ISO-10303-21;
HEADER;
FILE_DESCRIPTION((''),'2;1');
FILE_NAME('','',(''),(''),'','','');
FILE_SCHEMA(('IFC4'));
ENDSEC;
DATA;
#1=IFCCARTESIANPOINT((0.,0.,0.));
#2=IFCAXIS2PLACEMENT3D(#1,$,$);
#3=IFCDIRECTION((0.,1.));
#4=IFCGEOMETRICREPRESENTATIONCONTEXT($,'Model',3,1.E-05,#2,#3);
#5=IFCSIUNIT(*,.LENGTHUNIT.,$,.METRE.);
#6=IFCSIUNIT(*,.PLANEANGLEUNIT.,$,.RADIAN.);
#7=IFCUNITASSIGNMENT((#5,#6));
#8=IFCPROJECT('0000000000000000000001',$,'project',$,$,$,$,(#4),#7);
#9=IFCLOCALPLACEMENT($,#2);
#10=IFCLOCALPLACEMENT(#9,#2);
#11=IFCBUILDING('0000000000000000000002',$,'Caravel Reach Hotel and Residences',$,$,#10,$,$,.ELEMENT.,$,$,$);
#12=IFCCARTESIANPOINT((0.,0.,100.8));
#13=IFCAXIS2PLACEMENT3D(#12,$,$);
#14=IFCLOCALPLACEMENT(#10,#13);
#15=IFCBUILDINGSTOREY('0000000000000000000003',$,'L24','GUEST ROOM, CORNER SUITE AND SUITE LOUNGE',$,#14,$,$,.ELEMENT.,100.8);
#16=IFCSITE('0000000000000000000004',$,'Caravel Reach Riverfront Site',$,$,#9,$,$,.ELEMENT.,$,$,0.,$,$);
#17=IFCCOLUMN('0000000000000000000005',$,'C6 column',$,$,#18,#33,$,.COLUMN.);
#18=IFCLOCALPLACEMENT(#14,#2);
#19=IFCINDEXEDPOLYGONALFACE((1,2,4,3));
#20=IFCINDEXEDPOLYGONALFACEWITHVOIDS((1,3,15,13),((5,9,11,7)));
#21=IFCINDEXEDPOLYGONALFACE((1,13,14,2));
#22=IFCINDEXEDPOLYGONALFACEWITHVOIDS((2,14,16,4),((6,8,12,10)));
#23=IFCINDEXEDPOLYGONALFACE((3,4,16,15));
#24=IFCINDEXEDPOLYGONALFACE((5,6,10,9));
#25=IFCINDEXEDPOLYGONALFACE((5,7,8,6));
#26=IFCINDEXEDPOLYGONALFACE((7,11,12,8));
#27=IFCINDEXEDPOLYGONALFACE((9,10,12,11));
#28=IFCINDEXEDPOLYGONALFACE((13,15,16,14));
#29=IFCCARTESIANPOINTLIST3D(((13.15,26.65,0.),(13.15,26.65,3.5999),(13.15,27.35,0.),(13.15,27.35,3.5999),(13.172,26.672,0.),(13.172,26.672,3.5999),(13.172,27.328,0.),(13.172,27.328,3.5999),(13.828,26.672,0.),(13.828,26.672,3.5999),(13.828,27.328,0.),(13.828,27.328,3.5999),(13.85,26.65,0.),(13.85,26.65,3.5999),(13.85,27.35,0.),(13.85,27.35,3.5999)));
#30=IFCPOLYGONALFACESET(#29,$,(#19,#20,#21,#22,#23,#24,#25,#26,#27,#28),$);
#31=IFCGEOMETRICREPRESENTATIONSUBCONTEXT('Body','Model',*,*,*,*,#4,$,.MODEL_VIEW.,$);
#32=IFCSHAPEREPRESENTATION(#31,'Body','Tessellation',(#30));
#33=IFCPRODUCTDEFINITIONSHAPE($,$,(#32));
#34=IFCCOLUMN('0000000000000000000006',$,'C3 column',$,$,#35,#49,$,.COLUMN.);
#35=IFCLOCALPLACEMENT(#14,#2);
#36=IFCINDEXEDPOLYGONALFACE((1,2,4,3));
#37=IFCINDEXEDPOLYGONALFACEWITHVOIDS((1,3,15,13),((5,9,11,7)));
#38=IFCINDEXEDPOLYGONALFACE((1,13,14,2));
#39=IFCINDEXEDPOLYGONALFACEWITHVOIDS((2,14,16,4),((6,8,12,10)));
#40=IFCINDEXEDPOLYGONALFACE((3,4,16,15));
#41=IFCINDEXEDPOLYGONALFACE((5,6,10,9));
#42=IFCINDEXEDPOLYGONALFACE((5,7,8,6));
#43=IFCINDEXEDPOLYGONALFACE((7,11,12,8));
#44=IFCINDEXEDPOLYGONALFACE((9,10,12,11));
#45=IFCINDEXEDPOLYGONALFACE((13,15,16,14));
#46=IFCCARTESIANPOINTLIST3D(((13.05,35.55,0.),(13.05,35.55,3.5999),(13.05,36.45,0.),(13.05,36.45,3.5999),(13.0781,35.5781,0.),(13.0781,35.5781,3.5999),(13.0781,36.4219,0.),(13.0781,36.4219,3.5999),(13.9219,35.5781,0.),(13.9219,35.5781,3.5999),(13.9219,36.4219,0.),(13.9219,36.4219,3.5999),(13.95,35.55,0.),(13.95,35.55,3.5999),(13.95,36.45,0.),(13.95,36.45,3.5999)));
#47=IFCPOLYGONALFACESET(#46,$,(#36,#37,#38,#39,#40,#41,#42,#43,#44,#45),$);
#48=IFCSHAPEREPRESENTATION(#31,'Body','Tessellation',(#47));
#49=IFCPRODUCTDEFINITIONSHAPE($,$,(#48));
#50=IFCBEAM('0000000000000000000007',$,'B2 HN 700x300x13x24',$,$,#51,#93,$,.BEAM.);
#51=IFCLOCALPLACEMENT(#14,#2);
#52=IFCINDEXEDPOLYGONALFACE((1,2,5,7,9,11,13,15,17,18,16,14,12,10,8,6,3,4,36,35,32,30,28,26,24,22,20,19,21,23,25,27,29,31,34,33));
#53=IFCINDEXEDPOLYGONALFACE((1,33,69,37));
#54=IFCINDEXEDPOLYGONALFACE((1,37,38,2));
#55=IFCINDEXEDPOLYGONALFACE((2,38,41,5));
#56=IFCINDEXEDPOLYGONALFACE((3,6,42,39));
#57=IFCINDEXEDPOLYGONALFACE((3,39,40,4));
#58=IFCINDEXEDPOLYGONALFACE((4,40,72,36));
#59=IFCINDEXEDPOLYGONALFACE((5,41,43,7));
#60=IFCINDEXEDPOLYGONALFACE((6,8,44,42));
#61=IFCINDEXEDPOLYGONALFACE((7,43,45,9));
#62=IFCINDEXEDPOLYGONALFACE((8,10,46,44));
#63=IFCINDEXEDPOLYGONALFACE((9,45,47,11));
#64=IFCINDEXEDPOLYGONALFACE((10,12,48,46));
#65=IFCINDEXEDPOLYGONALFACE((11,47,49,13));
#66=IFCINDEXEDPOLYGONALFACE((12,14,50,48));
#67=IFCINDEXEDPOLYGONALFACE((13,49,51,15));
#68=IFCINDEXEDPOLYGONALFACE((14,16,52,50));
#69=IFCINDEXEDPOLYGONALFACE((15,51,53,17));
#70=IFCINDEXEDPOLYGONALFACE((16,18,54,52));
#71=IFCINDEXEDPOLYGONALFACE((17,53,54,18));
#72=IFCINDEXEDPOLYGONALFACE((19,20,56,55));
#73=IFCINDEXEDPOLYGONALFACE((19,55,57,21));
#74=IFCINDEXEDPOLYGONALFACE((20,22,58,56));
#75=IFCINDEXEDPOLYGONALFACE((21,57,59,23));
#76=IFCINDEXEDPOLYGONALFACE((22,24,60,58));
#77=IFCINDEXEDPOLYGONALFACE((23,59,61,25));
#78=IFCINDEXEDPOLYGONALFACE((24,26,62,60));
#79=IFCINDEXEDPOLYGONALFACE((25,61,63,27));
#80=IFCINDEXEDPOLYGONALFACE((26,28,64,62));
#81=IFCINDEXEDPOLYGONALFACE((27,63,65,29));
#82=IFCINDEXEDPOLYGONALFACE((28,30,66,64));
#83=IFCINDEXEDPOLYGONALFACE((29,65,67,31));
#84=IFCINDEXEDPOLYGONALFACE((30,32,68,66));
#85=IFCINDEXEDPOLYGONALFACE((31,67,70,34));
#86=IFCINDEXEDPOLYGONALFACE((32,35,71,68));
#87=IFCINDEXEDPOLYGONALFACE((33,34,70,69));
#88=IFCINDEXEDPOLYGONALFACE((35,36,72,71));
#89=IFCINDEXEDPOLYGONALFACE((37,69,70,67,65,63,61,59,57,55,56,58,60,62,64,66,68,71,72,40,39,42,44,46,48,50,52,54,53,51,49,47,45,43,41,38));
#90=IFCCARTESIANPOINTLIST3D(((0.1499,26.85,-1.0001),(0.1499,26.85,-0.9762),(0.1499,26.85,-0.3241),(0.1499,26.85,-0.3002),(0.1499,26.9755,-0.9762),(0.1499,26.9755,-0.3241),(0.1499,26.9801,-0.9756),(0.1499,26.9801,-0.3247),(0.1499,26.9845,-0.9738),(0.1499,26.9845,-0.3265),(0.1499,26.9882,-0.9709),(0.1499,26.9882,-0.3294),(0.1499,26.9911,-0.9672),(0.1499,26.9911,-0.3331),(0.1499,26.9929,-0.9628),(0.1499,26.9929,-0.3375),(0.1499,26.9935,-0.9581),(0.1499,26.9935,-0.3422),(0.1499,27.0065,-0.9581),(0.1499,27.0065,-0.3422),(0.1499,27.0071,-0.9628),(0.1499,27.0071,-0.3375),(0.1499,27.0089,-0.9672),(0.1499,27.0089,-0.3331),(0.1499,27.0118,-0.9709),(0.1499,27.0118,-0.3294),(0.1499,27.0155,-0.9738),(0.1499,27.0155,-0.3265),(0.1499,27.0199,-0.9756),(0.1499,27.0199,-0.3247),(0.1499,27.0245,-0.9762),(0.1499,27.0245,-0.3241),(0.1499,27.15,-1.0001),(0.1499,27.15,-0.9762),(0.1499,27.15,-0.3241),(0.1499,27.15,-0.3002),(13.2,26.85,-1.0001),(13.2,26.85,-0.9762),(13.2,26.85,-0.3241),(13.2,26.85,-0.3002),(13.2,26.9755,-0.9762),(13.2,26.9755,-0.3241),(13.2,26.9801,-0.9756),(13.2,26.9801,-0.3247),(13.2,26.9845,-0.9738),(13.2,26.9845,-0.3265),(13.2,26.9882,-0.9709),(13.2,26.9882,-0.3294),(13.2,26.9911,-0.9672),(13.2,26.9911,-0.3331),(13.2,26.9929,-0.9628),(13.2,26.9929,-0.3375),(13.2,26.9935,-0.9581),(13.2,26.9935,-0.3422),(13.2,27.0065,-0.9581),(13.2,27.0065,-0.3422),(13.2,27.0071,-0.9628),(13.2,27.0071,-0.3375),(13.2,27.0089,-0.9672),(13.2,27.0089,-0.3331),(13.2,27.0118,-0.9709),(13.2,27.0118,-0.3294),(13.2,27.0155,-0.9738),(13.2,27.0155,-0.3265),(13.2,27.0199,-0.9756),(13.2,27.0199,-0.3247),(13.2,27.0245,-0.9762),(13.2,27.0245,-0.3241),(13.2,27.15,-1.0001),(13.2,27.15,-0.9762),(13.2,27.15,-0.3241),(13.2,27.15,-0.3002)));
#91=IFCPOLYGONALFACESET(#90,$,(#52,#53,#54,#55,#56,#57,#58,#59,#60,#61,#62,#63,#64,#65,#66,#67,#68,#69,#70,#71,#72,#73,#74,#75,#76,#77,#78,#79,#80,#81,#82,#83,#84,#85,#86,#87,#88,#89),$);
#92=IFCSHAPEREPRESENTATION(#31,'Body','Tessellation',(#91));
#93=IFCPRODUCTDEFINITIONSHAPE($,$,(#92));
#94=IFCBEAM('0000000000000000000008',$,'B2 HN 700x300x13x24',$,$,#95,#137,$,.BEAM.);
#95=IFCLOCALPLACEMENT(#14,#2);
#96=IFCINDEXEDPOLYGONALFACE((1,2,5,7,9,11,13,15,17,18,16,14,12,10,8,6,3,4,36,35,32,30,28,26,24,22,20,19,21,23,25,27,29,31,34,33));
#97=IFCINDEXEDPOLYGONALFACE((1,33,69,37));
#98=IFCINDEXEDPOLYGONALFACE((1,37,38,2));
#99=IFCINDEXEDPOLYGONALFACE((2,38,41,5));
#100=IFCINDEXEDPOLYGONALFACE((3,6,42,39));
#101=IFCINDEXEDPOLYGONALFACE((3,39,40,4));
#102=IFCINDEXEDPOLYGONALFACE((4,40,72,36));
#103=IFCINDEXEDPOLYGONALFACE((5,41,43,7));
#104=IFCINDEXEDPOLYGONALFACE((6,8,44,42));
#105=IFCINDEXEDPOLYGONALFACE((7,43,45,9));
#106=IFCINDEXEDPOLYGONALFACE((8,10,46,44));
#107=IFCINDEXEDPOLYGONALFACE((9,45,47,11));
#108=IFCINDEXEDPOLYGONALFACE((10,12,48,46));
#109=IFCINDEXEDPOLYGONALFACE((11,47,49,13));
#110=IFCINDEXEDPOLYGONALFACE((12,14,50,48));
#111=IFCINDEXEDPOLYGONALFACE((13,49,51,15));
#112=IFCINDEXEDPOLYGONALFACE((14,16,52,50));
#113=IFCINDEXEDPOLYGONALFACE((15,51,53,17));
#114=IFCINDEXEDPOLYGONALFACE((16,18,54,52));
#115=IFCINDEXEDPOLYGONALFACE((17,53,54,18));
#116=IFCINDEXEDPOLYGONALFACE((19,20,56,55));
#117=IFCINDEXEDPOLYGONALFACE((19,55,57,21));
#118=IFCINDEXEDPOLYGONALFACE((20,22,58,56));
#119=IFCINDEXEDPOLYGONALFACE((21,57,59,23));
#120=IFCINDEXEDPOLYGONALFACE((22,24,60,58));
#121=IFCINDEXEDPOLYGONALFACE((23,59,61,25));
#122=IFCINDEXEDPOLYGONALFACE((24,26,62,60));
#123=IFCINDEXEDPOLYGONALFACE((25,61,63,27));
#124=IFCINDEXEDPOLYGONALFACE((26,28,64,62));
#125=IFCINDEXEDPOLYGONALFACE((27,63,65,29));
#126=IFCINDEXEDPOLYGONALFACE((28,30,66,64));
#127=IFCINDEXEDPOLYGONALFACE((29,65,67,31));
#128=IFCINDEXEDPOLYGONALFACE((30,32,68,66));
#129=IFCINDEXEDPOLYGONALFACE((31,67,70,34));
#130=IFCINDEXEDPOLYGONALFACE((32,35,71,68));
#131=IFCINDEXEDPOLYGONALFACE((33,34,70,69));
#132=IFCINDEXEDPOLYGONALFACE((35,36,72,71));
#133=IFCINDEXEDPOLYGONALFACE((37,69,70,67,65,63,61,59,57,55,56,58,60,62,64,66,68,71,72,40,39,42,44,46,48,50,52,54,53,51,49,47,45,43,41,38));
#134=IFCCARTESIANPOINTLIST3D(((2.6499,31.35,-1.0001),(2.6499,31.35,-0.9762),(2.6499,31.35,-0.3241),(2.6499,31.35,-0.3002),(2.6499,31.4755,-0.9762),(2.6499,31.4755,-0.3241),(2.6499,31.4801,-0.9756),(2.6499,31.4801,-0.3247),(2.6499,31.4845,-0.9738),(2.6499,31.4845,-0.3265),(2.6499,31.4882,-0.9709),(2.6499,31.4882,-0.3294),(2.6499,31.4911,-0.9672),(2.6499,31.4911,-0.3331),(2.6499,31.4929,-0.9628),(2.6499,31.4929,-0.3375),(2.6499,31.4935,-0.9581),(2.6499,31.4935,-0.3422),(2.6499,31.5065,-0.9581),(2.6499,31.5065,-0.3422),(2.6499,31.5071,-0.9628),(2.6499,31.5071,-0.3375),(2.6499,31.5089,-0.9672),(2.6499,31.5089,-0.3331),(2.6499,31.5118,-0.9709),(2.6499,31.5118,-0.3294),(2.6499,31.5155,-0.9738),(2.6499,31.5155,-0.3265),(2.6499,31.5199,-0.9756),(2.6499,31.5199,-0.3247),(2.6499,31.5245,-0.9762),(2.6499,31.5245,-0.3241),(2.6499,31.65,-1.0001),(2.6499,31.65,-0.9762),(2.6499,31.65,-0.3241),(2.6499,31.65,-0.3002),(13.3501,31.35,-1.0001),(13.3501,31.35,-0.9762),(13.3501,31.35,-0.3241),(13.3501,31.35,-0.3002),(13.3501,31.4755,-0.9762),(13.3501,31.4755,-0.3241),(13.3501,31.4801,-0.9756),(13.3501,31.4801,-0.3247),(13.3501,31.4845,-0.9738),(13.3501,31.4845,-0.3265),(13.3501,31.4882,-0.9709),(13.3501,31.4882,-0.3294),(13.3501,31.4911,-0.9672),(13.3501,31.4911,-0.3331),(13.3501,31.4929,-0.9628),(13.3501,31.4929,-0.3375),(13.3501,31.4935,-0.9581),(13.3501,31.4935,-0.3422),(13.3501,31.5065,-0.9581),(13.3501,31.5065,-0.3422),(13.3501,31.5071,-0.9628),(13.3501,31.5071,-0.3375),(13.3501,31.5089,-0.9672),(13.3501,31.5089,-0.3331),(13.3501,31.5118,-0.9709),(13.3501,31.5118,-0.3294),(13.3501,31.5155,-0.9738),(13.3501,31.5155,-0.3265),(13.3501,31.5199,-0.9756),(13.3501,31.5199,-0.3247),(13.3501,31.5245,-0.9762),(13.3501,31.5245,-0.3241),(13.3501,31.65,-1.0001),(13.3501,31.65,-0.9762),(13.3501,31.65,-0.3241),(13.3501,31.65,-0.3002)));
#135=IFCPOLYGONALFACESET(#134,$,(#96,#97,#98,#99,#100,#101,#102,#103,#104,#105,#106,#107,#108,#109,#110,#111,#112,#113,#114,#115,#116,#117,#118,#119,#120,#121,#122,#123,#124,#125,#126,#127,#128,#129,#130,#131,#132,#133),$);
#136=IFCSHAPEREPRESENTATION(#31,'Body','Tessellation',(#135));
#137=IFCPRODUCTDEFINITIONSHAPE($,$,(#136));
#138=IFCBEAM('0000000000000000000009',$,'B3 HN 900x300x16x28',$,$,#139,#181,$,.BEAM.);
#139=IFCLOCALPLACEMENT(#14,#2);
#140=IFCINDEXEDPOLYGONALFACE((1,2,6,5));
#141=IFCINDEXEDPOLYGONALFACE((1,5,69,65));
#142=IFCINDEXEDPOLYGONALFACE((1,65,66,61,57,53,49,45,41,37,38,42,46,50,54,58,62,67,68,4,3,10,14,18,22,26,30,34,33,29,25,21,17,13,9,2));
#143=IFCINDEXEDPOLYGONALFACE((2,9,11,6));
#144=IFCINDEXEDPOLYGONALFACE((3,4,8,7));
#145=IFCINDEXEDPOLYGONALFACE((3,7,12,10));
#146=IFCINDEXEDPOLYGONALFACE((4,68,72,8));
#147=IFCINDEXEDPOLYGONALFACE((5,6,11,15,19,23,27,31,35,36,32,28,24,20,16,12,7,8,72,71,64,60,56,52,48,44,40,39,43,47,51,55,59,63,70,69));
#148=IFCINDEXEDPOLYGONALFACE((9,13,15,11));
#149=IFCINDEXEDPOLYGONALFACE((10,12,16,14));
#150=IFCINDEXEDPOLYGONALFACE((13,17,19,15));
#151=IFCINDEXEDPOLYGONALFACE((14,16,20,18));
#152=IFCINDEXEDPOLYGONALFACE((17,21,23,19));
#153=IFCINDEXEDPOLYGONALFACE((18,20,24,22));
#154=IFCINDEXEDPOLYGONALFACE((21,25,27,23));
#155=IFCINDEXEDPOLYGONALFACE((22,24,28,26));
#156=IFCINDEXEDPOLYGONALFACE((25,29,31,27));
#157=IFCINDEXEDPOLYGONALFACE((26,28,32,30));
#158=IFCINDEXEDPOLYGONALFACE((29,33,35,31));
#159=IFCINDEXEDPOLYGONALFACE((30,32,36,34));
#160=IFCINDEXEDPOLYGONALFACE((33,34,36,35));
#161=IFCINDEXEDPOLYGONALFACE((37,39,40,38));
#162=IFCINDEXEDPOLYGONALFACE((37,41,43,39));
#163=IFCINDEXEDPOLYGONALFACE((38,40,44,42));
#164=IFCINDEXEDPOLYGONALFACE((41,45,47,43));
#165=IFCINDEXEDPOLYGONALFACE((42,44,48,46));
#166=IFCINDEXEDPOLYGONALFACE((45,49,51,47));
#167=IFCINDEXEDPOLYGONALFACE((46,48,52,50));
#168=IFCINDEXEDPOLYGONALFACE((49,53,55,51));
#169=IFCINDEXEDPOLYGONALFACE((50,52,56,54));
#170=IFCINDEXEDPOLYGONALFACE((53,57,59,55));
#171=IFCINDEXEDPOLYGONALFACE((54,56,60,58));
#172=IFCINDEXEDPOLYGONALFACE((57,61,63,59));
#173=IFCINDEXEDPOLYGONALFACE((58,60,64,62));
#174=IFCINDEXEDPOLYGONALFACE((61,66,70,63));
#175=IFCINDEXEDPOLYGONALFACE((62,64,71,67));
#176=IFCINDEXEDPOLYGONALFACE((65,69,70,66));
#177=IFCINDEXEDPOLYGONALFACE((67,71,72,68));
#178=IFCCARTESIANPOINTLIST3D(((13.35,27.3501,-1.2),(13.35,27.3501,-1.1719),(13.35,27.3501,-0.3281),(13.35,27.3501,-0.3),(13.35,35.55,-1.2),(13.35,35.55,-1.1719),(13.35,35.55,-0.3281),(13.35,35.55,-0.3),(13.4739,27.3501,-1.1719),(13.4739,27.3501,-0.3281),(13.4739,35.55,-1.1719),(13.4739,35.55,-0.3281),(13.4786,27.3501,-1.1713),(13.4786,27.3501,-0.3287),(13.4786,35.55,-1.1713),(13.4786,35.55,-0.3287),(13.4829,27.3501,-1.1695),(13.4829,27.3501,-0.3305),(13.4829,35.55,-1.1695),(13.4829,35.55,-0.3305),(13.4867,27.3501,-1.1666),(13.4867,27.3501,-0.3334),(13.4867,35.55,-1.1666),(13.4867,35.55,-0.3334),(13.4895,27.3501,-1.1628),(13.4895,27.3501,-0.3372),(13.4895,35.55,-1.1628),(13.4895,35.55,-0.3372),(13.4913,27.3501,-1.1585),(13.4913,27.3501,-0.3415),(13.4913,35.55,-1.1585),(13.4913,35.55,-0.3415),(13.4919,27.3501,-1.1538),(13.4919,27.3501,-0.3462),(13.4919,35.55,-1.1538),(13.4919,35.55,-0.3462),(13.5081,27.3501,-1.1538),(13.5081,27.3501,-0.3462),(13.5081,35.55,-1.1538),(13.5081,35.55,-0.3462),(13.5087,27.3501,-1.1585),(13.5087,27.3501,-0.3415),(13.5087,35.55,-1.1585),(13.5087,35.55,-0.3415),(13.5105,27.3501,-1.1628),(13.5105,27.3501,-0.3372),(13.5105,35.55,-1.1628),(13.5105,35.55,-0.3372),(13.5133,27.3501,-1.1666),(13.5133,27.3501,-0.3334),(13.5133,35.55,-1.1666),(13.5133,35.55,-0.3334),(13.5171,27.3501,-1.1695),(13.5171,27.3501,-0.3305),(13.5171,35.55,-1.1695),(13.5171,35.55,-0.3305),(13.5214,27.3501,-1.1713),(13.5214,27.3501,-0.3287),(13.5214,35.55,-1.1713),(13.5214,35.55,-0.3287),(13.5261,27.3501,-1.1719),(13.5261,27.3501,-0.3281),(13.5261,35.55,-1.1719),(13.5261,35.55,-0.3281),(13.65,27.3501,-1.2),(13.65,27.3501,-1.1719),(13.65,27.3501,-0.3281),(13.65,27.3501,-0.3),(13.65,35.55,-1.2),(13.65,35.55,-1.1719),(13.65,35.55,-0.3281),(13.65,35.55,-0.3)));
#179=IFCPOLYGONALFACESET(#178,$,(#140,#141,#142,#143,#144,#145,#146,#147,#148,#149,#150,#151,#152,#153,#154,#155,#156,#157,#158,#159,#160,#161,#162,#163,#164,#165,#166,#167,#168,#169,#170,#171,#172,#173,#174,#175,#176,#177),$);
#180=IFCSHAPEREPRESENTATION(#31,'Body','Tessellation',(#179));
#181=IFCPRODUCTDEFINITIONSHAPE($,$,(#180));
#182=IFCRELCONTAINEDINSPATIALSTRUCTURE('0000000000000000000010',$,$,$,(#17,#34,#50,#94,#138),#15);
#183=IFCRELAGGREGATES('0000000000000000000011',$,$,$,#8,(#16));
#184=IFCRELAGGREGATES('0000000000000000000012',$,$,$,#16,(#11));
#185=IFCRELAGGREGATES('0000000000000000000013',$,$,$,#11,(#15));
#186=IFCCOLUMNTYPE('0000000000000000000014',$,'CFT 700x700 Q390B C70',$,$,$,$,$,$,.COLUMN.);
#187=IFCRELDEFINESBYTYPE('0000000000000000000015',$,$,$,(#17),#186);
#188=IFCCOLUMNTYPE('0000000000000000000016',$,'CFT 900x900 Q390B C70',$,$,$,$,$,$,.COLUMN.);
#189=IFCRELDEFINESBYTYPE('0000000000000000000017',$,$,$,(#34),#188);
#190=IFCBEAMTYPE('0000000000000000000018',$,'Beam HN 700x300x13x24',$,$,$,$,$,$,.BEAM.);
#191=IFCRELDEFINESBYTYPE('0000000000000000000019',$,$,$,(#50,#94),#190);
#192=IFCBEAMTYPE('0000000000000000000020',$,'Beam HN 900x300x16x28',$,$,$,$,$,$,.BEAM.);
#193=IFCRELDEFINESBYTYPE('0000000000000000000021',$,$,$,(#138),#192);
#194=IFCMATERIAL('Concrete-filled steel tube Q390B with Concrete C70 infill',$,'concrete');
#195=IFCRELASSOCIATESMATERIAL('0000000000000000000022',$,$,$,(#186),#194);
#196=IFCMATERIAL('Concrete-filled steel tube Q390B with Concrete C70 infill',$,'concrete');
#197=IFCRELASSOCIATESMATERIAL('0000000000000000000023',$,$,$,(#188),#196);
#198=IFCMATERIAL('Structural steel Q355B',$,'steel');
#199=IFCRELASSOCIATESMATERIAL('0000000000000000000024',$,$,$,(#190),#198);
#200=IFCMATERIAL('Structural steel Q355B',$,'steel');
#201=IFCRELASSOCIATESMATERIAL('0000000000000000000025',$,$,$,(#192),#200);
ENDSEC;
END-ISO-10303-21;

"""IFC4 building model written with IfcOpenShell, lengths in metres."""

from ifc_helpers import new_model, si_unit, direction, frame, origin, origin_2d, place, context, subcontext, project, spatial, hollow_rectangle, i_section, extrude, material, material_profile, profile_set, type_object, element, save


model = new_model("IFC4")

# Units and contexts
model_context = context("Model", 3, precision=1e-05, world=origin(), true_north=direction((0.0, 1.0)))
body_context = subcontext(model_context, "Body", "Model", "MODEL_VIEW")
ifc_project = project(units=[si_unit("LENGTHUNIT", "METRE"), si_unit("PLANEANGLEUNIT", "RADIAN")], contexts=[model_context])

# Site, building, storey
site_placement = place(None, origin())
site = spatial("IfcSite", under=ifc_project, at=site_placement, Name="Caravel Reach Riverfront Site", CompositionType="ELEMENT", RefElevation=0.0)
building_placement = place(site_placement, origin())
building = spatial("IfcBuilding", under=site, at=building_placement, Name="Caravel Reach Hotel and Residences", CompositionType="ELEMENT")
storey_placement = place(building_placement, frame((0.0, 0.0, 100.8)))
storey = spatial("IfcBuildingStorey", under=building, at=storey_placement, Name="L24", Description="GUEST ROOM, CORNER SUITE AND SUITE LOUNGE", CompositionType="ELEMENT", Elevation=100.8)

# Columns
ifc_material_1 = material(Name="Concrete-filled steel tube Q390B with Concrete C70 infill", Category="concrete")
ifc_material_profile_1 = material_profile(ifc_material_1, hollow_rectangle(XDim=0.7, YDim=0.7, WallThickness=0.022, at=origin_2d()), Name="RHS 700x700x22")
ifc_profile_set_1 = profile_set([ifc_material_profile_1], Name="Concrete-filled steel tube Q390B with Concrete C70 infill")
column_type_1 = type_object("IfcColumnType", Name="CFT 700x700 Q390B C70", PredefinedType="COLUMN", material=ifc_profile_set_1)
column_1_placement = place(storey_placement, frame((13.5, 27.0, 0.0), z_axis=(0.0, 0.0, 1.0), x_axis=(1.0, 0.0, 0.0)))
element("IfcColumn", 1, at=column_1_placement, inside=storey, type_object=column_type_1, Name="C6 column", PredefinedType="COLUMN", context=body_context, shape_type="SweptSolid", body=[
    extrude(hollow_rectangle(XDim=0.7, YDim=0.7, WallThickness=0.022, at=origin_2d()), origin(), (0.0, 0.0, 1.0), 3.5999),
])
ifc_material_2 = material(Name="Concrete-filled steel tube Q390B with Concrete C70 infill", Category="concrete")
ifc_material_profile_2 = material_profile(ifc_material_2, hollow_rectangle(XDim=0.8999, YDim=0.8999, WallThickness=0.0281, at=origin_2d()), Name="RHS 900x900x28")
ifc_profile_set_2 = profile_set([ifc_material_profile_2], Name="Concrete-filled steel tube Q390B with Concrete C70 infill")
column_type_2 = type_object("IfcColumnType", Name="CFT 900x900 Q390B C70", PredefinedType="COLUMN", material=ifc_profile_set_2)
column_2_placement = place(storey_placement, frame((13.5, 36.0, 0.0), z_axis=(0.0, 0.0, 1.0), x_axis=(1.0, 0.0, 0.0)))
element("IfcColumn", 2, at=column_2_placement, inside=storey, type_object=column_type_2, Name="C3 column", PredefinedType="COLUMN", context=body_context, shape_type="SweptSolid", body=[
    extrude(hollow_rectangle(XDim=0.8999, YDim=0.8999, WallThickness=0.0281, at=origin_2d()), origin(), (0.0, 0.0, 1.0), 3.5999),
])

# Beams
ifc_material_3 = material(Name="Structural steel Q355B", Category="steel")
ifc_material_profile_3 = material_profile(ifc_material_3, i_section(OverallWidth=0.3, OverallDepth=0.7, WebThickness=0.0129, FlangeThickness=0.0239, FilletRadius=0.0181, at=origin_2d()), Name="HN 700x300x13x24")
ifc_profile_set_3 = profile_set([ifc_material_profile_3], Name="Structural steel Q355B")
beam_type_1 = type_object("IfcBeamType", Name="Beam HN 700x300x13x24", PredefinedType="BEAM", material=ifc_profile_set_3)
beam_1_placement = place(storey_placement, frame((13.2, 27.0, -0.6501), z_axis=(-1.0, 0.0, 0.0), x_axis=(0.0, -1.0, 0.0)))
element("IfcBeam", 3, at=beam_1_placement, inside=storey, type_object=beam_type_1, Name="B2 HN 700x300x13x24", PredefinedType="BEAM", context=body_context, shape_type="SweptSolid", body=[
    extrude(i_section(OverallWidth=0.3, OverallDepth=0.7, WebThickness=0.0129, FlangeThickness=0.0239, FilletRadius=0.0181, at=origin_2d()), origin(), (0.0, 0.0, 1.0), 13.05),
])
beam_2_placement = place(storey_placement, frame((13.3501, 31.5, -0.6501), z_axis=(-1.0, 0.0, 0.0), x_axis=(0.0, -1.0, 0.0)))
element("IfcBeam", 4, at=beam_2_placement, inside=storey, type_object=beam_type_1, Name="B2 HN 700x300x13x24", PredefinedType="BEAM", context=body_context, shape_type="SweptSolid", body=[
    extrude(i_section(OverallWidth=0.3, OverallDepth=0.7, WebThickness=0.0129, FlangeThickness=0.0239, FilletRadius=0.0181, at=origin_2d()), origin(), (0.0, 0.0, 1.0), 10.7002),
])
ifc_material_4 = material(Name="Structural steel Q355B", Category="steel")
ifc_material_profile_4 = material_profile(ifc_material_4, i_section(OverallWidth=0.3, OverallDepth=0.8999, WebThickness=0.0161, FlangeThickness=0.0281, FilletRadius=0.0181, at=origin_2d()), Name="HN 900x300x16x28")
ifc_profile_set_4 = profile_set([ifc_material_profile_4], Name="Structural steel Q355B")
beam_type_2 = type_object("IfcBeamType", Name="Beam HN 900x300x16x28", PredefinedType="BEAM", material=ifc_profile_set_4)
beam_3_placement = place(storey_placement, frame((13.5, 27.3501, -0.75), z_axis=(0.0, 1.0, 0.0), x_axis=(-1.0, 0.0, 0.0)))
element("IfcBeam", 5, at=beam_3_placement, inside=storey, type_object=beam_type_2, Name="B3 HN 900x300x16x28", PredefinedType="BEAM", context=body_context, shape_type="SweptSolid", body=[
    extrude(i_section(OverallWidth=0.3, OverallDepth=0.8999, WebThickness=0.0161, FlangeThickness=0.0281, FilletRadius=0.0181, at=origin_2d()), origin(), (0.0, 0.0, 1.0), 8.2),
])

save(model, "model.ifc")
